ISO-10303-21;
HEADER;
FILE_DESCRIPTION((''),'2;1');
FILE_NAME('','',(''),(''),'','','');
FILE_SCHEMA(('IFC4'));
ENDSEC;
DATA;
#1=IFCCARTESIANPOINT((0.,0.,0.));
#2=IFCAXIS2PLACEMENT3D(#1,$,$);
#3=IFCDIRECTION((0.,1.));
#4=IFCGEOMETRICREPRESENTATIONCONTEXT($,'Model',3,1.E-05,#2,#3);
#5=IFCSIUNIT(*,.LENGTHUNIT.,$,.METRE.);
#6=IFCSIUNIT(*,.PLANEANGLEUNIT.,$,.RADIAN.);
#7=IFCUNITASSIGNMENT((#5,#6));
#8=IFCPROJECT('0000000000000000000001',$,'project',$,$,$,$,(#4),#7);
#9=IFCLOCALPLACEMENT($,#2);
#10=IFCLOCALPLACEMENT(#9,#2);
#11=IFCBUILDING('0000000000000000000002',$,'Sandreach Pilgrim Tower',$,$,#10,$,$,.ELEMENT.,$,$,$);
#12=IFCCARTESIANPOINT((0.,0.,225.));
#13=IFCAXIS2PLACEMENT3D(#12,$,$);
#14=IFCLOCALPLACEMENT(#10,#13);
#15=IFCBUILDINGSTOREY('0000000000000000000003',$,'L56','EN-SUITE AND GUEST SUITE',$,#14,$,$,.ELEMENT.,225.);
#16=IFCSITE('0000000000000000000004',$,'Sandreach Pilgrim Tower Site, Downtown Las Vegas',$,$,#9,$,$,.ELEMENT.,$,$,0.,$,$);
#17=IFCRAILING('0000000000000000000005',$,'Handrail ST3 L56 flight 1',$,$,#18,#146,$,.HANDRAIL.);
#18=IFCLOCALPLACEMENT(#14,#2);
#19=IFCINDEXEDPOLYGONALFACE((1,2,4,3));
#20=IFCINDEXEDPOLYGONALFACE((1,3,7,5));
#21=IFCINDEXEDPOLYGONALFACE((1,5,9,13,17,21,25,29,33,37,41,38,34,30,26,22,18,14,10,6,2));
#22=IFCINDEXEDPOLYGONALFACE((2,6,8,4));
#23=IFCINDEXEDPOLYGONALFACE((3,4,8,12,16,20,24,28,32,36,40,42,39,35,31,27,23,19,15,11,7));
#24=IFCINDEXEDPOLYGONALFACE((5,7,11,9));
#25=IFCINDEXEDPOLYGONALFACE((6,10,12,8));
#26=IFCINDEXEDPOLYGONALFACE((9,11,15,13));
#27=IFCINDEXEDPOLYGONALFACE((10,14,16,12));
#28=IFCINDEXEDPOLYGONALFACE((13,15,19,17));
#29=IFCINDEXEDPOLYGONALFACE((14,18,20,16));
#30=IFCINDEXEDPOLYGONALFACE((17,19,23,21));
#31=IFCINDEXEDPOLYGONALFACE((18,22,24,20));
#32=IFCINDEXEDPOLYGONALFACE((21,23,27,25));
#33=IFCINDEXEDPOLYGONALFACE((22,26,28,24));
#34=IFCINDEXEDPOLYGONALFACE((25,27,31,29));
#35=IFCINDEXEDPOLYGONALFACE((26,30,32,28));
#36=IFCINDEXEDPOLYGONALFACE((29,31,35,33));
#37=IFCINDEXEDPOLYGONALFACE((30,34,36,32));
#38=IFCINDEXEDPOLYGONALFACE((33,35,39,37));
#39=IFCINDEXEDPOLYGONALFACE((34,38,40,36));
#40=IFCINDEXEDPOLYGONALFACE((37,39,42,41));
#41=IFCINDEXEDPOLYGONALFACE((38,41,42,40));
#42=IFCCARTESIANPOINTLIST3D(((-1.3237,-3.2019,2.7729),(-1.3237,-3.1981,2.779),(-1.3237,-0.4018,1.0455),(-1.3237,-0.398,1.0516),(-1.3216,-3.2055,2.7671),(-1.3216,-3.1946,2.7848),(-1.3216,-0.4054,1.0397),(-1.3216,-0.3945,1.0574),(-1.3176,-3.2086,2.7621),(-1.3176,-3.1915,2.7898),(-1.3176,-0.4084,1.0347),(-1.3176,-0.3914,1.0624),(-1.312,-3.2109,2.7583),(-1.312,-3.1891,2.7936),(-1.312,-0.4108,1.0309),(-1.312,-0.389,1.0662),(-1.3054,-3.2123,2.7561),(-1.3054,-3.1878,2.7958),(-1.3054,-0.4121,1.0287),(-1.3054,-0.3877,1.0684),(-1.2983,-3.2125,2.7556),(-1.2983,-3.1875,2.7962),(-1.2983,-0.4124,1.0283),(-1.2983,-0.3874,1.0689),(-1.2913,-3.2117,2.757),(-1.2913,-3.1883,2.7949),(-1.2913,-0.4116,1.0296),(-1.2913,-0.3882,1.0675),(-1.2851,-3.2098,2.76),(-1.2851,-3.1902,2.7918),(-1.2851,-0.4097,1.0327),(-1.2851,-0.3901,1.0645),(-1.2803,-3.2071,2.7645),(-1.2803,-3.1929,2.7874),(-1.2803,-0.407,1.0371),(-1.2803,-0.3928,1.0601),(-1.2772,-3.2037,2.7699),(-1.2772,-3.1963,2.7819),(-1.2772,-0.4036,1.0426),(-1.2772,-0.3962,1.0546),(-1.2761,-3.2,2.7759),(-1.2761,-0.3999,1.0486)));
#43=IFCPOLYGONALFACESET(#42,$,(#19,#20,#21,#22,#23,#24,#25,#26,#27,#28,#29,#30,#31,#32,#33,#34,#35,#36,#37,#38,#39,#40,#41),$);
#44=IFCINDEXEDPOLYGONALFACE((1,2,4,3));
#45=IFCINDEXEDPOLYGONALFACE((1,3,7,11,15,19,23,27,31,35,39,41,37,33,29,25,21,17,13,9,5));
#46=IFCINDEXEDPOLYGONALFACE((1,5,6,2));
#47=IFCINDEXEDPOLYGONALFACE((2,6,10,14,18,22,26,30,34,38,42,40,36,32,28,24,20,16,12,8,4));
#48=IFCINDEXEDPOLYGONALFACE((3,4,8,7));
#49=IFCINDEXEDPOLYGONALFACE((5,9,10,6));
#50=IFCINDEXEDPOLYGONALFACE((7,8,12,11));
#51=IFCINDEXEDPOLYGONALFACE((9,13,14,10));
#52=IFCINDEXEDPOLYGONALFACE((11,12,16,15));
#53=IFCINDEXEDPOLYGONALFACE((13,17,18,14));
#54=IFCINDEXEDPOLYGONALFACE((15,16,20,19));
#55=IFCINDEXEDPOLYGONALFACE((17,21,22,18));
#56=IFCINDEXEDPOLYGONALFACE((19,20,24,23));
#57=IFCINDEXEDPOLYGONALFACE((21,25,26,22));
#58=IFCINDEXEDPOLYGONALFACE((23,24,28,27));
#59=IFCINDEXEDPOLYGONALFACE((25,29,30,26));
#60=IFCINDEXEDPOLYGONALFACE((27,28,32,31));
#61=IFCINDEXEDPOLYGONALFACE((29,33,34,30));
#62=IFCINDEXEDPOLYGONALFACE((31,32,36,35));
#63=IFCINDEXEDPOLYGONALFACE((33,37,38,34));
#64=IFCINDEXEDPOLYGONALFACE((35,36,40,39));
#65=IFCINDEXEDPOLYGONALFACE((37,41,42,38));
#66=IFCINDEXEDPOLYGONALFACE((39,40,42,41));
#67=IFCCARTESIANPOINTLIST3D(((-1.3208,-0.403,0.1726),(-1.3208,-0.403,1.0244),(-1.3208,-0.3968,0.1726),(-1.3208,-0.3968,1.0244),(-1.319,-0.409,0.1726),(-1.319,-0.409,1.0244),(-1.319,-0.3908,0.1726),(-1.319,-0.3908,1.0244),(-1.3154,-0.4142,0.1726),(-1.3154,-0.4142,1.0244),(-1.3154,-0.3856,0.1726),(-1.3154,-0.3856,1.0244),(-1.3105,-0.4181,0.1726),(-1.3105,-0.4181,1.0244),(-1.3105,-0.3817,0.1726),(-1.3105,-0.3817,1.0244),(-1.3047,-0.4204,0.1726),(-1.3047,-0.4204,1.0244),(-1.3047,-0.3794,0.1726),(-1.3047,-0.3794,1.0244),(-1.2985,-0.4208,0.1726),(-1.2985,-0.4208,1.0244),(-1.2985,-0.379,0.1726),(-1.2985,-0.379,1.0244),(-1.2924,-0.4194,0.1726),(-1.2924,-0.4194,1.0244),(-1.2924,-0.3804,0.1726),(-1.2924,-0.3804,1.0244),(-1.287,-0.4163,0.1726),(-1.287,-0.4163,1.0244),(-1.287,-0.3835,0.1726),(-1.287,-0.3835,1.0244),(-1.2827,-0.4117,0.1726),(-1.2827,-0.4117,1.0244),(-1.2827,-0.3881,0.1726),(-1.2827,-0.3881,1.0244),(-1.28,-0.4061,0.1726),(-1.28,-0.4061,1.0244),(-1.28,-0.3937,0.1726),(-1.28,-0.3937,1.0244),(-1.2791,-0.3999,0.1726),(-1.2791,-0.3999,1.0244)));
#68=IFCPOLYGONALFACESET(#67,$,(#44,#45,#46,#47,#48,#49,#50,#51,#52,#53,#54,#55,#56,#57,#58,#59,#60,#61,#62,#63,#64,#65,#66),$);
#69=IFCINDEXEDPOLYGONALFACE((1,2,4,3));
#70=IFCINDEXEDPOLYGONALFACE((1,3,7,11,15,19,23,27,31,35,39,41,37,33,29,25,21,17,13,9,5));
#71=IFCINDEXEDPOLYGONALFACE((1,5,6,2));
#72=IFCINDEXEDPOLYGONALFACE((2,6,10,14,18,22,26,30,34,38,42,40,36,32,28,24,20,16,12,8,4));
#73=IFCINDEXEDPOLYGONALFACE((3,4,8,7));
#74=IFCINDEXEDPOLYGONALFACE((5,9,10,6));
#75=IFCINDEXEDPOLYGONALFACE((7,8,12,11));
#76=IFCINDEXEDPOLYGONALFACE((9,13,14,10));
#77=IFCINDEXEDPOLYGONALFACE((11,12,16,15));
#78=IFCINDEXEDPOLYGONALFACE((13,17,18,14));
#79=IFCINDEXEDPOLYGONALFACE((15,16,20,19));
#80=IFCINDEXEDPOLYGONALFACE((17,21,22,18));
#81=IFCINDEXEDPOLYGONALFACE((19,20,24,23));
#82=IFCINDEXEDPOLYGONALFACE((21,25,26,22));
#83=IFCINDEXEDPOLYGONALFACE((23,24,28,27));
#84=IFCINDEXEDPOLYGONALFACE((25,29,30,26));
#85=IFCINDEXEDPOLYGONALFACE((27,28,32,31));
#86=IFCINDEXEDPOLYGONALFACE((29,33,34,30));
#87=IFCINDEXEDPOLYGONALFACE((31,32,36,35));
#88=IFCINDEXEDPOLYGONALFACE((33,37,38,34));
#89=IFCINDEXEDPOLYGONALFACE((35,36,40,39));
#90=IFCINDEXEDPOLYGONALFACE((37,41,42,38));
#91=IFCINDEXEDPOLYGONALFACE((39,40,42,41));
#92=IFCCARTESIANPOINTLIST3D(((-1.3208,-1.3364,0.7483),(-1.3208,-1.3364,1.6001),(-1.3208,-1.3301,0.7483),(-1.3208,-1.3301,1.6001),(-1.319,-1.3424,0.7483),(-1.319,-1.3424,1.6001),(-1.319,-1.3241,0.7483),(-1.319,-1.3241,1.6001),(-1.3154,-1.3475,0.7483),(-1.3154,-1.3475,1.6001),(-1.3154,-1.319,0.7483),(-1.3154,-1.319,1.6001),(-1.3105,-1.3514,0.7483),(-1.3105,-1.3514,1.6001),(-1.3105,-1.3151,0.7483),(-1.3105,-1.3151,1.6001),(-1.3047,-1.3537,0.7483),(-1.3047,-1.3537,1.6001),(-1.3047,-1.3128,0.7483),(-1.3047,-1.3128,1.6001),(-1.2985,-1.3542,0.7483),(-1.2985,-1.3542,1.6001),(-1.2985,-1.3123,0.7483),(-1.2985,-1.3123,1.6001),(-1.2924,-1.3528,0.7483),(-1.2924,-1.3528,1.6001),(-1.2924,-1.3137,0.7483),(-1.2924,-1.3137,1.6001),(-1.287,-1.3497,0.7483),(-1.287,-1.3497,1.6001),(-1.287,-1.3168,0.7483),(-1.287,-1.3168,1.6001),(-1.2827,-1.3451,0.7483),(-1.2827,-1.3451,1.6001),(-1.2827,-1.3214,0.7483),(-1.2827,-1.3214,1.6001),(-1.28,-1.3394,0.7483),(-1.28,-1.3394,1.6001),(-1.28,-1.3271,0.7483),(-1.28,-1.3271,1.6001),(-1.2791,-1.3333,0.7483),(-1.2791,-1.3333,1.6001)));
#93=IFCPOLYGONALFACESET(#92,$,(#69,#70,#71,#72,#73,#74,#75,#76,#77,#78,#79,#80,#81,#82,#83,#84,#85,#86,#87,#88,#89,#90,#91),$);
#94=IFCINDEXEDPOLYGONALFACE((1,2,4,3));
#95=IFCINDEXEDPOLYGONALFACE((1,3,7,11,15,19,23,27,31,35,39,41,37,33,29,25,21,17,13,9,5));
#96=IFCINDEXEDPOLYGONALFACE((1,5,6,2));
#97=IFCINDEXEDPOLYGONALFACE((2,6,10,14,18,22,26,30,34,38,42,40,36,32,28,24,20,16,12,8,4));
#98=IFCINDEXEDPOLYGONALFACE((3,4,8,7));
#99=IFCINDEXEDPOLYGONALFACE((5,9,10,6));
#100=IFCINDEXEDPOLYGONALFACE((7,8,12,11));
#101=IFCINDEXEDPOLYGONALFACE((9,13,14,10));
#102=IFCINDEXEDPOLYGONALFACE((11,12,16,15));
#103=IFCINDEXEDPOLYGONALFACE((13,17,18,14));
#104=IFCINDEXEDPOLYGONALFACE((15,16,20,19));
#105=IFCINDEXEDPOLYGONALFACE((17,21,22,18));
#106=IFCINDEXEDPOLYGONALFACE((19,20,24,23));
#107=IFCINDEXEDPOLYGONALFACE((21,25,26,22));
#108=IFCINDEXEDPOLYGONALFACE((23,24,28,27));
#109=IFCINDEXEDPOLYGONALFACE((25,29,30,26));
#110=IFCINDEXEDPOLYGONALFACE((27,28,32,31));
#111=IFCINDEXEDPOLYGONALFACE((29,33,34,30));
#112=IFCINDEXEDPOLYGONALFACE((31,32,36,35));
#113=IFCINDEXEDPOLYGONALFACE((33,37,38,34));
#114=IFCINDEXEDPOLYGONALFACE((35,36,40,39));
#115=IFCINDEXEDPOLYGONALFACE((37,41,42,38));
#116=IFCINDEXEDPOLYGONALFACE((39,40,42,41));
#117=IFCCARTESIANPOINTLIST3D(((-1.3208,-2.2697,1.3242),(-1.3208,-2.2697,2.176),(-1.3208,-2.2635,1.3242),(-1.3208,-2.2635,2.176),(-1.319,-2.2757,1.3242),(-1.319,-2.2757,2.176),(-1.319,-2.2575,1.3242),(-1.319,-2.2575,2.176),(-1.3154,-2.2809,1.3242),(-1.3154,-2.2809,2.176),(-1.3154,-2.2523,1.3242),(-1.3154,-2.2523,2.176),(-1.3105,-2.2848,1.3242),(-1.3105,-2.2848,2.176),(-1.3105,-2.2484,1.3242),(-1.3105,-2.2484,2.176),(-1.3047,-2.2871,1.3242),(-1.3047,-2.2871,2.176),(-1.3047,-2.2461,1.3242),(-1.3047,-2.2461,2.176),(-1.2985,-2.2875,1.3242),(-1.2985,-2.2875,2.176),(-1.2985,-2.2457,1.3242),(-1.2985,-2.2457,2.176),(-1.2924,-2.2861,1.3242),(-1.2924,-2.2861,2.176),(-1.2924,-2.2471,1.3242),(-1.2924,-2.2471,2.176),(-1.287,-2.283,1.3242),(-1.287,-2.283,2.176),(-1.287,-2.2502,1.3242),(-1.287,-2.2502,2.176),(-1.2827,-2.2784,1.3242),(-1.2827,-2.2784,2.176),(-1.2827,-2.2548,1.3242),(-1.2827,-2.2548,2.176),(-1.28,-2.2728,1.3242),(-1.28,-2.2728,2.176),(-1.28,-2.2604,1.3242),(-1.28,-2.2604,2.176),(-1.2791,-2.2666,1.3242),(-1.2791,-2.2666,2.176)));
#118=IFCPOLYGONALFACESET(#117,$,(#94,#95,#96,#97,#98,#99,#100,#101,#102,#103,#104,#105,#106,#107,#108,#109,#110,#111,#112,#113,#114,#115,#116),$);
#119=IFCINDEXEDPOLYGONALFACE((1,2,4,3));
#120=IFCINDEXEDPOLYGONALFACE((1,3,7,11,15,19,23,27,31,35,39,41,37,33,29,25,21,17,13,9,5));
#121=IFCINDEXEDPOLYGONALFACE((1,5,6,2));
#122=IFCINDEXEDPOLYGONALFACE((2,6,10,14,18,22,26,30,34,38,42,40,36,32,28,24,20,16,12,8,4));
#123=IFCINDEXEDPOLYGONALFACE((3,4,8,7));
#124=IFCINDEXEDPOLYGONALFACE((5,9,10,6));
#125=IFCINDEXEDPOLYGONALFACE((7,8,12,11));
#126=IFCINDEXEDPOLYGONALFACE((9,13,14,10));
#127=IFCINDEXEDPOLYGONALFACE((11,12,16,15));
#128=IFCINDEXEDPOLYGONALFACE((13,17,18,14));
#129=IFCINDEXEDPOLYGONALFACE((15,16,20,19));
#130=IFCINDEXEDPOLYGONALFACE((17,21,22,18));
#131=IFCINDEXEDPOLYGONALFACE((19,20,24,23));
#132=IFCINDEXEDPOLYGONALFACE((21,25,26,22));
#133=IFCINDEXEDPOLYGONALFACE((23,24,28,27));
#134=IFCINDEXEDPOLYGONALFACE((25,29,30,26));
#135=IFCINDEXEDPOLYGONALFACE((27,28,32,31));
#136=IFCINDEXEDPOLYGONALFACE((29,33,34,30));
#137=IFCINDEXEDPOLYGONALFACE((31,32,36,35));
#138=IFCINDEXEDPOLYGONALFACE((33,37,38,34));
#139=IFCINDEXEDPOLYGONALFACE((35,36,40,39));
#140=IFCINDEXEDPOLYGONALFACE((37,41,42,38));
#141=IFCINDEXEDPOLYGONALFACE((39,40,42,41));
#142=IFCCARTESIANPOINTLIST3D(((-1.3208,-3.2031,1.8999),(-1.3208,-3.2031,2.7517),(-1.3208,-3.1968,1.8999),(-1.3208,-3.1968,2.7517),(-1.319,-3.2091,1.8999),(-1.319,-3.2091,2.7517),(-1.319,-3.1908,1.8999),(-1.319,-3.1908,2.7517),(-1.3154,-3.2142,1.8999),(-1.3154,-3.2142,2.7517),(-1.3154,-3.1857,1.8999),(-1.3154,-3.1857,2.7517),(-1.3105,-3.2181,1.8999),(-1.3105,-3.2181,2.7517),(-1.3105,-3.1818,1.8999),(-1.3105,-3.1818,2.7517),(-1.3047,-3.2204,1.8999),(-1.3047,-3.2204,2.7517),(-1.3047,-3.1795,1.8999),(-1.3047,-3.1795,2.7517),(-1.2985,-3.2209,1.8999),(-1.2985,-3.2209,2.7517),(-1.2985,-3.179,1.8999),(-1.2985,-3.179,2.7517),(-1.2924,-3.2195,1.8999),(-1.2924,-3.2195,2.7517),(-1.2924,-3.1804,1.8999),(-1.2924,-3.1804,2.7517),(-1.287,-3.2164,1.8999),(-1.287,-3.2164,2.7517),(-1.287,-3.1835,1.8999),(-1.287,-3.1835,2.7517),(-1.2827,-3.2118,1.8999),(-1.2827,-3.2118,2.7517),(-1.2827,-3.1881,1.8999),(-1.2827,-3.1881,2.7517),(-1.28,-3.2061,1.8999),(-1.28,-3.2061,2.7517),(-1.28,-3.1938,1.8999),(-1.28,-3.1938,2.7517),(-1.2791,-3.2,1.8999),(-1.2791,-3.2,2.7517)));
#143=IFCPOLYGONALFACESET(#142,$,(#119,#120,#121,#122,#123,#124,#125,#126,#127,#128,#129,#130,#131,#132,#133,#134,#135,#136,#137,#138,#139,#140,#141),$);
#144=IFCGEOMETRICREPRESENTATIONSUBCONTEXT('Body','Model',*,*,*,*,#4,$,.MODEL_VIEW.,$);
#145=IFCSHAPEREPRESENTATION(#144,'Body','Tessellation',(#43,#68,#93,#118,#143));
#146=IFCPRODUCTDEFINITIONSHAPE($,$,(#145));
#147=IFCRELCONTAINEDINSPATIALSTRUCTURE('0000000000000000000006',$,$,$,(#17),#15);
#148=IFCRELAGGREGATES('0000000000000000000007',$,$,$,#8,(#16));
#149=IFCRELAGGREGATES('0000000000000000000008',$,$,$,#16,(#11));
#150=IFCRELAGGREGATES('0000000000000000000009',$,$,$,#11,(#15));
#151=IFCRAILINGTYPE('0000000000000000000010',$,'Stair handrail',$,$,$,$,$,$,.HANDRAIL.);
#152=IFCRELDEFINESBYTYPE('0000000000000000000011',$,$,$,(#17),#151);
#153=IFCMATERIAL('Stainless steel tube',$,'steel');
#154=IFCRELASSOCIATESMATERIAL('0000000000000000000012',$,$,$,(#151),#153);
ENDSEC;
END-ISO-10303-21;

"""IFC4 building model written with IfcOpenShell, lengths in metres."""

from ifc_helpers import new_model, si_unit, direction, frame, origin, origin_2d, place, context, subcontext, project, spatial, circle, extrude, material, type_object, element, save


model = new_model("IFC4")

# Units and contexts
model_context = context("Model", 3, precision=1e-05, world=origin(), true_north=direction((0.0, 1.0)))
body_context = subcontext(model_context, "Body", "Model", "MODEL_VIEW")
ifc_project = project(units=[si_unit("LENGTHUNIT", "METRE"), si_unit("PLANEANGLEUNIT", "RADIAN")], contexts=[model_context])

# Site, building, storey
site_placement = place(None, origin())
site = spatial("IfcSite", under=ifc_project, at=site_placement, Name="Sandreach Pilgrim Tower Site, Downtown Las Vegas", CompositionType="ELEMENT", RefElevation=0.0)
building_placement = place(site_placement, origin())
building = spatial("IfcBuilding", under=site, at=building_placement, Name="Sandreach Pilgrim Tower", CompositionType="ELEMENT")
storey_placement = place(building_placement, frame((0.0, 0.0, 225.0)))
storey = spatial("IfcBuildingStorey", under=building, at=storey_placement, Name="L56", Description="EN-SUITE AND GUEST SUITE", CompositionType="ELEMENT", Elevation=225.0)

# Railing
ifc_material_1 = material(Name="Stainless steel tube", Category="steel")
railing_type = type_object("IfcRailingType", Name="Stair handrail", PredefinedType="HANDRAIL", material=ifc_material_1)
for number, where, name in (
    (1, (-1.3, -0.3999, 0.1726), "Handrail ST3 L56 flight 1"),
):
    element("IfcRailing", number, at=place(storey_placement, frame(where)), inside=storey, type_object=railing_type, Name=name, PredefinedType="HANDRAIL", context=body_context, shape_type="SweptSolid", body=[
        extrude(circle(Radius=0.0239, at=origin_2d()), frame((0.0, 0.0, 0.876), z_axis=(0.0, -0.85109, 0.52502), x_axis=(1.0, 0.0, 0.0)), (0.0, 0.0, 1.0), 3.29),
        extrude(circle(Radius=0.021, at=origin_2d()), origin(), (0.0, 0.0, 1.0), 0.8518),
        extrude(circle(Radius=0.021, at=origin_2d()), frame((0.0, -0.9333, 0.5757)), (0.0, 0.0, 1.0), 0.8518),
        extrude(circle(Radius=0.021, at=origin_2d()), frame((0.0, -1.8667, 1.1516)), (0.0, 0.0, 1.0), 0.8518),
        extrude(circle(Radius=0.021, at=origin_2d()), frame((0.0, -2.8, 1.7273)), (0.0, 0.0, 1.0), 0.8518),
    ])

save(model, "model.ifc")
